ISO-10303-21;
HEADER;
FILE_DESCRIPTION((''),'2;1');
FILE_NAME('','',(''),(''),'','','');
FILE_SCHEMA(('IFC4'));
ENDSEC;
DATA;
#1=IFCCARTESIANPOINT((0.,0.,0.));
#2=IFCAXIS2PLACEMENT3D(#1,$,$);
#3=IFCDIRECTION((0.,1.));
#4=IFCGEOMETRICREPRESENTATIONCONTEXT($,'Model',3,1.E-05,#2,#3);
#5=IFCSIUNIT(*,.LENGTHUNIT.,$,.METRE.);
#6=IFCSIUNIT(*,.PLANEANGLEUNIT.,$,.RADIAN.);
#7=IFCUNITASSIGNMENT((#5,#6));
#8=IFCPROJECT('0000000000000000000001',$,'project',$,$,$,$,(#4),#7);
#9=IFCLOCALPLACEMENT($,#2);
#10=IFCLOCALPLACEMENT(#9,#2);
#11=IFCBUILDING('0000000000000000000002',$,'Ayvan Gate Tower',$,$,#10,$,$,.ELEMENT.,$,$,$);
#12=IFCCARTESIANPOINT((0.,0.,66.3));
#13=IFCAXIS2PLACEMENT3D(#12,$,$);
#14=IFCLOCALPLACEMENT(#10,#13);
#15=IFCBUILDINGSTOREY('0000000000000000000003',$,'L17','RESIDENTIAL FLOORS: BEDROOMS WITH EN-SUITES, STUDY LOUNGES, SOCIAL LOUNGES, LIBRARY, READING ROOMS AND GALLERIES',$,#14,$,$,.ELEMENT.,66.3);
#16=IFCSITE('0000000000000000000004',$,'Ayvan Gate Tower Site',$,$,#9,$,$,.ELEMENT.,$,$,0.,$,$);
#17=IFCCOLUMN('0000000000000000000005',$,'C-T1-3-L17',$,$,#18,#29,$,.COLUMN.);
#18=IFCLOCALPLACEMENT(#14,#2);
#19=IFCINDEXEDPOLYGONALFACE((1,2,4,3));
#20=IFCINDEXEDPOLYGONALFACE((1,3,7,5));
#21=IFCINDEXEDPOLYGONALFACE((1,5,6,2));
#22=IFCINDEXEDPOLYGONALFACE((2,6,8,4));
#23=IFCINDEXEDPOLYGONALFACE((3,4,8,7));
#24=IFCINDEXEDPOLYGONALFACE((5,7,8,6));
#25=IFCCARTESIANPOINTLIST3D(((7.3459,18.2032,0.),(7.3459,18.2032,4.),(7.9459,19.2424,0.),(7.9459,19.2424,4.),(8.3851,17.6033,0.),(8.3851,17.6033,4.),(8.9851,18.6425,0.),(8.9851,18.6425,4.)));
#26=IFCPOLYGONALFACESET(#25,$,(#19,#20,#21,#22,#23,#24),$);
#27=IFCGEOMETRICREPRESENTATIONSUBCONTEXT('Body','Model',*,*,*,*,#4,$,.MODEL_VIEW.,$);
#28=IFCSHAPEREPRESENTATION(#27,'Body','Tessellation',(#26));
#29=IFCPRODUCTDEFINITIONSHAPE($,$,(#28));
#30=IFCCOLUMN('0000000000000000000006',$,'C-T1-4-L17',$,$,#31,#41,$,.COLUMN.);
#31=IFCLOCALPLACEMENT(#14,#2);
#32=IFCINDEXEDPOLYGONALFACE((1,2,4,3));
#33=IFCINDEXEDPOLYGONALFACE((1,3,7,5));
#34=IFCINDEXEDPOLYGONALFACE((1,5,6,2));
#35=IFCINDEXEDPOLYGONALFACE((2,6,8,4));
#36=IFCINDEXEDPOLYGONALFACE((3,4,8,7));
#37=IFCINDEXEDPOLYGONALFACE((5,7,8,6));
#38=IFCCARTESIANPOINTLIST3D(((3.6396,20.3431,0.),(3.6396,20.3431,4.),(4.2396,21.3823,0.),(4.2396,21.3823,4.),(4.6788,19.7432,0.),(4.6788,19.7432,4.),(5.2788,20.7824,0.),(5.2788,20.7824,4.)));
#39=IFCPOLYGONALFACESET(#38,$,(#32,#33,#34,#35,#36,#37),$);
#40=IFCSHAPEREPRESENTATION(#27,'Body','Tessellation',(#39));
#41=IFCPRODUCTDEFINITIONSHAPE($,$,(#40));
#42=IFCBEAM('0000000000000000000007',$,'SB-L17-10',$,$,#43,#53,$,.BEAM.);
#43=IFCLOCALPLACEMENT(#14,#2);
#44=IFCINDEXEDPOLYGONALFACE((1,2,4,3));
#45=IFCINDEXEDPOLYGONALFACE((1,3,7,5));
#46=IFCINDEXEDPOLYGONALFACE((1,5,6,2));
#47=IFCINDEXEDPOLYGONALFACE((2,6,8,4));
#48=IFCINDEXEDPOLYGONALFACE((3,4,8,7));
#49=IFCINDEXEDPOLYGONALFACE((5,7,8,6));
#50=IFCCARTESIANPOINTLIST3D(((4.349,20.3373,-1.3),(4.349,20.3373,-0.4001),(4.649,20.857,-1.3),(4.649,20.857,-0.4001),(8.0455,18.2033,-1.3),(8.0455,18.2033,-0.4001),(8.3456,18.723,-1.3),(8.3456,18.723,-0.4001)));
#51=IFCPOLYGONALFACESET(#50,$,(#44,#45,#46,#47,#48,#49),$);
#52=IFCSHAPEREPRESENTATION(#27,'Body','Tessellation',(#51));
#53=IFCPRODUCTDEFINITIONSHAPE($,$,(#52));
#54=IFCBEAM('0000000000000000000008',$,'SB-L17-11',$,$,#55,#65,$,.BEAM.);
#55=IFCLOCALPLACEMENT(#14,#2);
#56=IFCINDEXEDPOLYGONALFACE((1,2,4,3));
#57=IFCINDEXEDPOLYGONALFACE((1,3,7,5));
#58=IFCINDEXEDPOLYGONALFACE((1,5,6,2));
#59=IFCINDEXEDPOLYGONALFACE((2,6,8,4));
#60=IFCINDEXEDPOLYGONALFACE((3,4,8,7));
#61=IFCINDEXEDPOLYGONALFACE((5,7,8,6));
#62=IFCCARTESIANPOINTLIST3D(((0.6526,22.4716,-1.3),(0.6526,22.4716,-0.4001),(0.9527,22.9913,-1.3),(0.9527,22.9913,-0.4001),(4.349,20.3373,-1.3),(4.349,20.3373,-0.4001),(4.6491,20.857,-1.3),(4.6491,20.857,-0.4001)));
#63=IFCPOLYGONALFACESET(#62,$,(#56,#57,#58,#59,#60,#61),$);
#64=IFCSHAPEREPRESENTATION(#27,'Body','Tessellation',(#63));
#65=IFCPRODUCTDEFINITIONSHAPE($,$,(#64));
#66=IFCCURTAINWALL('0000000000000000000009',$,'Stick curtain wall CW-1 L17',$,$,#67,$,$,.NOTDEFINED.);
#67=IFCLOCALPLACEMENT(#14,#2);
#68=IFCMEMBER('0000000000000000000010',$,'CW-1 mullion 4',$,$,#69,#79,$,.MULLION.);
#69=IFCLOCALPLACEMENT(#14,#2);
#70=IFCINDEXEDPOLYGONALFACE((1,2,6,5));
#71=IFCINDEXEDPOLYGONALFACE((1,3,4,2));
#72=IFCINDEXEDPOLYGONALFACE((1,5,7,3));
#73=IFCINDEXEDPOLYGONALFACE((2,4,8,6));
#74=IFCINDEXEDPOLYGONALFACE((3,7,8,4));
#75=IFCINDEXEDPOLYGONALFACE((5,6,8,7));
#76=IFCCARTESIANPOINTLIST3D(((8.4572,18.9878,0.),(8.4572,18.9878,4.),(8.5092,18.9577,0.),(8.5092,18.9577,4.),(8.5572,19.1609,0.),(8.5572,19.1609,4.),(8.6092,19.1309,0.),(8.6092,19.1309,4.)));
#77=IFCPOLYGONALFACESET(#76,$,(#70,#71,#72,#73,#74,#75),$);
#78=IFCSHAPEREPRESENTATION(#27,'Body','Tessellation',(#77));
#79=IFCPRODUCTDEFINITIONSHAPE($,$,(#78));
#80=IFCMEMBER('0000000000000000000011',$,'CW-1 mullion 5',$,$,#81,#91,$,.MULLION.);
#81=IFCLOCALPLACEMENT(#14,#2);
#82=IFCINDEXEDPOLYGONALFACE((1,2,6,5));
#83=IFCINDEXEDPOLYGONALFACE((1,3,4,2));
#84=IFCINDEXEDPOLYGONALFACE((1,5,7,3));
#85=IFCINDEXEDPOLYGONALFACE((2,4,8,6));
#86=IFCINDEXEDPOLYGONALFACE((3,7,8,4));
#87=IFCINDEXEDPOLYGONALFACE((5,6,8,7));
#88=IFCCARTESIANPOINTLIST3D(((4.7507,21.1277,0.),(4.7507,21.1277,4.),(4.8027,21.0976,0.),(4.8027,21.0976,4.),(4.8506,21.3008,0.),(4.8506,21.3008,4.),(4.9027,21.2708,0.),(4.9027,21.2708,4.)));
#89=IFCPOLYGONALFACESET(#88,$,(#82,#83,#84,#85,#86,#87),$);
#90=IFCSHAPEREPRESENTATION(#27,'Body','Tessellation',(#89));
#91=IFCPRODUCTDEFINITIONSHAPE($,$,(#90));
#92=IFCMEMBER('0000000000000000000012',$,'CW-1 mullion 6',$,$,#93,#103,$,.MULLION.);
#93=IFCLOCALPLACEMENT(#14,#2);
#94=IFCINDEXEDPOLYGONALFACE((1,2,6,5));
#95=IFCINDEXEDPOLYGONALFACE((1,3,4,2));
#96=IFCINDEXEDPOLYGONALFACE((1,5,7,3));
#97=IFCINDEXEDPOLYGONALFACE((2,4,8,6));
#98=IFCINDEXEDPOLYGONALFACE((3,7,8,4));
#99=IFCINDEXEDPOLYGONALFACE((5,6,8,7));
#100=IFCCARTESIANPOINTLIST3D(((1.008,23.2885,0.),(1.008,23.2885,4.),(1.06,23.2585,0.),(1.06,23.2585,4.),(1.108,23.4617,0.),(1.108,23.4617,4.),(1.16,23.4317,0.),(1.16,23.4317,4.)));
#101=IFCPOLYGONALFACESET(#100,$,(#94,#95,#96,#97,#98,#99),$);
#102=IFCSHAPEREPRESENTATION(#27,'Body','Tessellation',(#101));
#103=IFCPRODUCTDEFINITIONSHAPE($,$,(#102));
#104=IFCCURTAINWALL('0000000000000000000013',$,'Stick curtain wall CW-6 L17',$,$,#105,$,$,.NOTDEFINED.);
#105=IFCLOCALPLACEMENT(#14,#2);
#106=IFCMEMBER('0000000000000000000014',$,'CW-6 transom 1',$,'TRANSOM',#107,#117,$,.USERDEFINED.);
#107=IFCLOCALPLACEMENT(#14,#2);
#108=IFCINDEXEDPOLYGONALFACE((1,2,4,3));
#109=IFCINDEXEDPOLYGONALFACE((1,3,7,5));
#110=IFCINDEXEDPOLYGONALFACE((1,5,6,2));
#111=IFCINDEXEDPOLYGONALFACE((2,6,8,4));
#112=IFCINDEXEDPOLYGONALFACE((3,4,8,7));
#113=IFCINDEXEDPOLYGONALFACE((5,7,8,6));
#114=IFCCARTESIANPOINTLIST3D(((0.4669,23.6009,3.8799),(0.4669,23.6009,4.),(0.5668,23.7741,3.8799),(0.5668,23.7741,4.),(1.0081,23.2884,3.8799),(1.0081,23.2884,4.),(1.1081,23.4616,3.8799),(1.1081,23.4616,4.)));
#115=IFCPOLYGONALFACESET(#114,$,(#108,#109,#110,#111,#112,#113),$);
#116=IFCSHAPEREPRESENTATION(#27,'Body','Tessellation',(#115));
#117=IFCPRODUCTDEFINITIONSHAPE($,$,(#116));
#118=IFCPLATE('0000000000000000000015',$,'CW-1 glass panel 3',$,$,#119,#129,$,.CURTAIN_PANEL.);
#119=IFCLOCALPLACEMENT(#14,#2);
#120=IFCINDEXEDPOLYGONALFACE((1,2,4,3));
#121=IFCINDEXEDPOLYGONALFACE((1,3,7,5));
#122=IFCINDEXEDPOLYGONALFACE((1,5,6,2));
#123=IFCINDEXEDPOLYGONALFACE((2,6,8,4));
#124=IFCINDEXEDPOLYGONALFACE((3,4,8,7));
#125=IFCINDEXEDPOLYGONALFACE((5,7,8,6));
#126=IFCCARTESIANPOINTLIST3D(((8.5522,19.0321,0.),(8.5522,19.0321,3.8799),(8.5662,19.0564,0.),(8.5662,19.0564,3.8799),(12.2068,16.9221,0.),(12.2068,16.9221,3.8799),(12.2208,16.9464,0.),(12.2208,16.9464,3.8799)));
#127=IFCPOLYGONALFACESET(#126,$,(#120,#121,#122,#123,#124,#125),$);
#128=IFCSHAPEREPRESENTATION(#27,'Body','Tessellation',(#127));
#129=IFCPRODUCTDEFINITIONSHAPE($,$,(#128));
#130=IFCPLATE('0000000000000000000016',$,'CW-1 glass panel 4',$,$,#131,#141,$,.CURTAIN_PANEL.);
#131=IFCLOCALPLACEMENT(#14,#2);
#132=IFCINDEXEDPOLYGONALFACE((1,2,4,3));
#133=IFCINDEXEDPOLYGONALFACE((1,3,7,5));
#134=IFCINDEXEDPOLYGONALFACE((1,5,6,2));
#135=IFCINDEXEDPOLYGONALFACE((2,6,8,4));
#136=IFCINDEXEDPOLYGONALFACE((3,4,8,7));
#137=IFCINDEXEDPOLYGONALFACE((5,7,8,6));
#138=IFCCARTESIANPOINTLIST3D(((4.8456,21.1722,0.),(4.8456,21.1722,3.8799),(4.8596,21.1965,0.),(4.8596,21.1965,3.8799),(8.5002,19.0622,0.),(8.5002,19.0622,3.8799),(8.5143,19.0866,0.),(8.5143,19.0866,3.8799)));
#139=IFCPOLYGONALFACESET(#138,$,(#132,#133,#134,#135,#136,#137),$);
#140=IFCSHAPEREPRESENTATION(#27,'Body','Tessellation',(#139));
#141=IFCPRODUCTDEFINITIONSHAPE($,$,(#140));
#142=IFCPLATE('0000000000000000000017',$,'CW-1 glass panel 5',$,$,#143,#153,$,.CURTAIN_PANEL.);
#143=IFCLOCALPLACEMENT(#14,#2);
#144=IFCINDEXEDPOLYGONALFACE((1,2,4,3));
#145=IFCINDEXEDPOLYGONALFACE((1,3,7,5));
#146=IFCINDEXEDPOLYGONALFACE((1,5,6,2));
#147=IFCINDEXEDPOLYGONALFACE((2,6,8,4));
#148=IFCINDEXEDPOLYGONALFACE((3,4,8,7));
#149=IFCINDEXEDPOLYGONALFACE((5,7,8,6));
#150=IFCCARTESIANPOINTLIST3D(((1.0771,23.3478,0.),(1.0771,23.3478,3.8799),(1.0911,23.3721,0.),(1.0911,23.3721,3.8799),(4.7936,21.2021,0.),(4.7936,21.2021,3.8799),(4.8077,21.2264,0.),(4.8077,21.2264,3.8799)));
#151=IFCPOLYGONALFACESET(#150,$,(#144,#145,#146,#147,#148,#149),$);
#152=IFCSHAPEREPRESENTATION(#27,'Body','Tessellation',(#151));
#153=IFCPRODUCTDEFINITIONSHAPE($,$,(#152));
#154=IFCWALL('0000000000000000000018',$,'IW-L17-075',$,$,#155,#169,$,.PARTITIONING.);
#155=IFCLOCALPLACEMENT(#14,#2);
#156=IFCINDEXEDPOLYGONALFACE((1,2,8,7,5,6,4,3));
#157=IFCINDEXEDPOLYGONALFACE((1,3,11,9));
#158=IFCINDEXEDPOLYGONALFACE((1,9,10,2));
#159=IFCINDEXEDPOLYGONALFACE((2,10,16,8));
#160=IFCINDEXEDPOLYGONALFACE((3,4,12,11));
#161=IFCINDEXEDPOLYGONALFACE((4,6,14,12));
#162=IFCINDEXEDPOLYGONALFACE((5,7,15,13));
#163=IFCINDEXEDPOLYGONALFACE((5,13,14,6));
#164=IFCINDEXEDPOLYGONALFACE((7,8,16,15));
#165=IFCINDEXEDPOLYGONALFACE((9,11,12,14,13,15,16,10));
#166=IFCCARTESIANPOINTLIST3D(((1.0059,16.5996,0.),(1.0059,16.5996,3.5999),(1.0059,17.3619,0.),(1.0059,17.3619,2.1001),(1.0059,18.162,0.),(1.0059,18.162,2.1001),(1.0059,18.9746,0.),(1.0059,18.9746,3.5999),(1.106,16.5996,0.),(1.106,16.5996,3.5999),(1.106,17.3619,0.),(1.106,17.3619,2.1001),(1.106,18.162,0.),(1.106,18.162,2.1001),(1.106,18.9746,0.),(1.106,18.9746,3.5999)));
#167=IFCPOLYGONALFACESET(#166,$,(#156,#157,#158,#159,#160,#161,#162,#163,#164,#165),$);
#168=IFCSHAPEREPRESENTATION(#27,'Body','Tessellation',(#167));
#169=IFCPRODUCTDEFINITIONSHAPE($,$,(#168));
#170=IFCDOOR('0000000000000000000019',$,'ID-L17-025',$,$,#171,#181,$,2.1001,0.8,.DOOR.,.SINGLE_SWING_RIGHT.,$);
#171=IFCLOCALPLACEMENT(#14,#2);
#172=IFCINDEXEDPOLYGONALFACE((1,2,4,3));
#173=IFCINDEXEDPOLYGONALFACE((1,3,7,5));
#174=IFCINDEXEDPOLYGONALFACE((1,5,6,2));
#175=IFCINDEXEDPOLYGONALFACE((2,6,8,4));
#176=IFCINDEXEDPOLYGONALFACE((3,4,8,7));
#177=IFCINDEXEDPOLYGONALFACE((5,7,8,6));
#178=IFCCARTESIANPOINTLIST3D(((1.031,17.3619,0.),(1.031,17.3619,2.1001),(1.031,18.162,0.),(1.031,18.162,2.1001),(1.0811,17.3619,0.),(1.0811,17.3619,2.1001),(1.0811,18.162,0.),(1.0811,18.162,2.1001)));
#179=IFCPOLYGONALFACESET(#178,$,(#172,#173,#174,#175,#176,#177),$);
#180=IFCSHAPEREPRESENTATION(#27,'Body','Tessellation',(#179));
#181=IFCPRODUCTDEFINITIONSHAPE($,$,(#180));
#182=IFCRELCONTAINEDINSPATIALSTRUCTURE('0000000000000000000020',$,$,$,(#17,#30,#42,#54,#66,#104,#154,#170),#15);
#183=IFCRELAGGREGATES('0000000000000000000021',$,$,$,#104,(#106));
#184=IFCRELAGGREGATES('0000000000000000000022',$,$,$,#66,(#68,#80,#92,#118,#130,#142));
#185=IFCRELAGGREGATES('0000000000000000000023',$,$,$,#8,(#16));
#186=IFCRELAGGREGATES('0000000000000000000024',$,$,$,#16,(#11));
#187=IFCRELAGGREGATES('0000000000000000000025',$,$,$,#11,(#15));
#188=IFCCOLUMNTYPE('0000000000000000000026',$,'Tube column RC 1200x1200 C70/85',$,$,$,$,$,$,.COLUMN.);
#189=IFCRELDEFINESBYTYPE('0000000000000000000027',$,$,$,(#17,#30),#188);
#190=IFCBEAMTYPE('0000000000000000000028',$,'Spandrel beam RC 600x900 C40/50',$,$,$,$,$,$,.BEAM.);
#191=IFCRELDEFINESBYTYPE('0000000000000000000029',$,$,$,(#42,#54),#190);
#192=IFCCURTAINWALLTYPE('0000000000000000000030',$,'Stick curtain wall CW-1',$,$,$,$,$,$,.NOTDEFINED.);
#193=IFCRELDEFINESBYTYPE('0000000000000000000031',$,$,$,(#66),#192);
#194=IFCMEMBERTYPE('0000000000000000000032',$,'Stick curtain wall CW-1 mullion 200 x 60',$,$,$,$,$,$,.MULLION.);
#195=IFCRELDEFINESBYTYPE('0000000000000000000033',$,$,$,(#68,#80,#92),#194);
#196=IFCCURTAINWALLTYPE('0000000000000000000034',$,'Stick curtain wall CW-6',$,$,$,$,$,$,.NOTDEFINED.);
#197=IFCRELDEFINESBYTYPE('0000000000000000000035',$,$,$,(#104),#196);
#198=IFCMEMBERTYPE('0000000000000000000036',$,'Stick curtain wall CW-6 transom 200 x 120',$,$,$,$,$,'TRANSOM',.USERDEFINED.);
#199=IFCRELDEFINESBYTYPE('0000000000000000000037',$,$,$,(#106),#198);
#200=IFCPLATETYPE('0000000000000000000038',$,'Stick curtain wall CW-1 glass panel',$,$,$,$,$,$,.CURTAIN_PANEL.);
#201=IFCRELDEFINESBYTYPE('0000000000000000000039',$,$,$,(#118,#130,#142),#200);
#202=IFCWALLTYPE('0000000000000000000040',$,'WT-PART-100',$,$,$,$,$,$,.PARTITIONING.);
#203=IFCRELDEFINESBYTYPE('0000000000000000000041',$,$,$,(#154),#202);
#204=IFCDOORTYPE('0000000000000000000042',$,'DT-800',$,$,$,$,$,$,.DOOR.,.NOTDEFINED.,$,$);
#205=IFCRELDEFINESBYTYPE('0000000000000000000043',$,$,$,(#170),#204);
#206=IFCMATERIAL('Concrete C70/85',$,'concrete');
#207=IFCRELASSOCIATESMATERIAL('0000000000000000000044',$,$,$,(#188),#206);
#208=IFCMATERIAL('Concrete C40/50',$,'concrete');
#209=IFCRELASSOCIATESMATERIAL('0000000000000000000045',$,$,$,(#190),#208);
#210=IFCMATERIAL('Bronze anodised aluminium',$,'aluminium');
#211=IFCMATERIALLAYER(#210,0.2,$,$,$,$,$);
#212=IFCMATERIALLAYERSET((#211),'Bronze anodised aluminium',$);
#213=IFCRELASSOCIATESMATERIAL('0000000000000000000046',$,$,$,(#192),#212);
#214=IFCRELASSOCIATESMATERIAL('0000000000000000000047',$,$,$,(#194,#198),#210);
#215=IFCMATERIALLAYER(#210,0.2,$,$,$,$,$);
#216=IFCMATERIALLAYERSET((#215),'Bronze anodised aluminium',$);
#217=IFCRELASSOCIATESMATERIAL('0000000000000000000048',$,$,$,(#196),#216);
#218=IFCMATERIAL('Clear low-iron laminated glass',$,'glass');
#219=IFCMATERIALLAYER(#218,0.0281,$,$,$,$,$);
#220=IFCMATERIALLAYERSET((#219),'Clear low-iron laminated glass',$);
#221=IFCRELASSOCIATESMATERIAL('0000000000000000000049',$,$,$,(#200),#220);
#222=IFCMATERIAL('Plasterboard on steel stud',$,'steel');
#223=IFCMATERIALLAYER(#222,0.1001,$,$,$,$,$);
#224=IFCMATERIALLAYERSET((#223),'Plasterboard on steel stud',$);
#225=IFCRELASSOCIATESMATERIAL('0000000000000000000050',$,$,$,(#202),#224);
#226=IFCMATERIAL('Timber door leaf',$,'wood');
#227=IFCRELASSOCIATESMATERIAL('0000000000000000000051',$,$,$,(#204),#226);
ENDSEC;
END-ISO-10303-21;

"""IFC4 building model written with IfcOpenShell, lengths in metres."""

from ifc_helpers import new_model, si_unit, direction, frame, frame_2d, origin, origin_2d, place, context, subcontext, project, spatial, rectangle, extrude, material, layer, layer_set, material_profile, profile_set, type_object, element, fill, aggregate, save


model = new_model("IFC4")

# Units and contexts
model_context = context("Model", 3, precision=1e-05, world=origin(), true_north=direction((0.0, 1.0)))
body_context = subcontext(model_context, "Body", "Model", "MODEL_VIEW")
ifc_project = project(units=[si_unit("LENGTHUNIT", "METRE"), si_unit("PLANEANGLEUNIT", "RADIAN")], contexts=[model_context])

# Site, building, storey
site_placement = place(None, origin())
site = spatial("IfcSite", under=ifc_project, at=site_placement, Name="Ayvan Gate Tower Site", CompositionType="ELEMENT", RefElevation=0.0)
building_placement = place(site_placement, origin())
building = spatial("IfcBuilding", under=site, at=building_placement, Name="Ayvan Gate Tower", CompositionType="ELEMENT")
storey_placement = place(building_placement, frame((0.0, 0.0, 66.3)))
storey = spatial("IfcBuildingStorey", under=building, at=storey_placement, Name="L17", Description="RESIDENTIAL FLOORS: BEDROOMS WITH EN-SUITES, STUDY LOUNGES, SOCIAL LOUNGES, LIBRARY, READING ROOMS AND GALLERIES", CompositionType="ELEMENT", Elevation=66.3)

# Columns
ifc_material_1 = material(Name="Concrete C70/85", Category="concrete")
ifc_material_profile_1 = material_profile(ifc_material_1, rectangle(XDim=1.2, YDim=1.2, at=origin_2d()), Name="RC 1200x1200")
ifc_profile_set_1 = profile_set([ifc_material_profile_1], Name="Concrete C70/85")
column_type = type_object("IfcColumnType", Name="Tube column RC 1200x1200 C70/85", PredefinedType="COLUMN", material=ifc_profile_set_1)
for number, where, z_axis, x_axis, name in (
    (1, (8.1655, 18.4229, 0.0), (0.0, 0.0, 1.0), (0.5, 0.866025, 0.0), "C-T1-3-L17"),
    (2, (4.4592, 20.5627, 0.0), (0.0, 0.0, 1.0), (0.5, 0.866025, 0.0), "C-T1-4-L17"),
):
    element("IfcColumn", number, at=place(storey_placement, frame(where, z_axis=z_axis, x_axis=x_axis)), inside=storey, type_object=column_type, Name=name, PredefinedType="COLUMN", context=body_context, shape_type="SweptSolid", body=[
        extrude(rectangle(XDim=1.2, YDim=1.2, at=origin_2d()), origin(), (0.0, 0.0, 1.0), 4.0),
    ])

# Beams
ifc_material_2 = material(Name="Concrete C40/50", Category="concrete")
ifc_material_profile_2 = material_profile(ifc_material_2, rectangle(XDim=0.6001, YDim=0.8999, at=origin_2d()), Name="RC 600x900")
ifc_profile_set_2 = profile_set([ifc_material_profile_2], Name="Concrete C40/50")
beam_type = type_object("IfcBeamType", Name="Spandrel beam RC 600x900 C40/50", PredefinedType="BEAM", material=ifc_profile_set_2)
for number, where, z_axis, x_axis, name in (
    (3, (8.1956, 18.4631, -0.8501), (-0.866042, 0.499972, 0.0), (-0.499972, -0.866042, 0.0), "SB-L17-10"),
    (4, (4.499, 20.5972, -0.8501), (-0.866003, 0.500039, 0.0), (-0.500039, -0.866003, 0.0), "SB-L17-11"),
):
    element("IfcBeam", number, at=place(storey_placement, frame(where, z_axis=z_axis, x_axis=x_axis)), inside=storey, type_object=beam_type, Name=name, PredefinedType="BEAM", context=body_context, shape_type="SweptSolid", body=[
        extrude(rectangle(XDim=0.6001, YDim=0.8999, at=origin_2d()), origin(), (0.0, 0.0, 1.0), 4.2683),
    ])

# Curtain wall, members
ifc_material_3 = material(Name="Bronze anodised aluminium", Category="aluminium")
ifc_layer_1 = layer(ifc_material_3, 0.2)
ifc_layer_set_1 = layer_set([ifc_layer_1], Name="Bronze anodised aluminium")
curtain_wall_type_1 = type_object("IfcCurtainWallType", Name="Stick curtain wall CW-1", PredefinedType="NOTDEFINED", material=ifc_layer_set_1)
curtain_wall_1_placement = place(storey_placement, origin())
curtain_wall_1 = element("IfcCurtainWall", 5, at=curtain_wall_1_placement, inside=storey, type_object=curtain_wall_type_1, Name="Stick curtain wall CW-1 L17", PredefinedType="NOTDEFINED")
ifc_material_profile_3 = material_profile(ifc_material_3, rectangle(XDim=0.2, YDim=0.0601, at=origin_2d()), Name="Stick curtain wall CW-1 mullion 200 x 60")
ifc_profile_set_3 = profile_set([ifc_material_profile_3], Name="Bronze anodised aluminium")
member_type_1 = type_object("IfcMemberType", Name="Stick curtain wall CW-1 mullion 200 x 60", PredefinedType="MULLION", material=ifc_profile_set_3)
member_1_placement = place(storey_placement, frame((8.5332, 19.0593, 0.0), z_axis=(0.0, 0.0, 1.0), x_axis=(0.5, 0.866025, 0.0)))
member_1 = element("IfcMember", 6, at=member_1_placement, type_object=member_type_1, Name="CW-1 mullion 4", PredefinedType="MULLION", context=body_context, shape_type="SweptSolid", body=[
    extrude(rectangle(XDim=0.2, YDim=0.0601, at=origin_2d()), origin(), (0.0, 0.0, 1.0), 4.0),
])
member_2_placement = place(storey_placement, frame((4.8267, 21.1992, 0.0), z_axis=(0.0, 0.0, 1.0), x_axis=(0.5, 0.866025, 0.0)))
member_2 = element("IfcMember", 7, at=member_2_placement, type_object=member_type_1, Name="CW-1 mullion 5", PredefinedType="MULLION", context=body_context, shape_type="SweptSolid", body=[
    extrude(rectangle(XDim=0.2, YDim=0.0601, at=origin_2d()), origin(), (0.0, 0.0, 1.0), 4.0),
])
member_3_placement = place(storey_placement, frame((1.084, 23.3601, 0.0), z_axis=(0.0, 0.0, 1.0), x_axis=(0.5, 0.866025, 0.0)))
member_3 = element("IfcMember", 8, at=member_3_placement, type_object=member_type_1, Name="CW-1 mullion 6", PredefinedType="MULLION", context=body_context, shape_type="SweptSolid", body=[
    extrude(rectangle(XDim=0.2, YDim=0.0601, at=origin_2d()), origin(), (0.0, 0.0, 1.0), 4.0),
])

# Curtain wall, member
ifc_layer_2 = layer(ifc_material_3, 0.2)
ifc_layer_set_2 = layer_set([ifc_layer_2], Name="Bronze anodised aluminium")
curtain_wall_type_2 = type_object("IfcCurtainWallType", Name="Stick curtain wall CW-6", PredefinedType="NOTDEFINED", material=ifc_layer_set_2)
curtain_wall_2_placement = place(storey_placement, origin())
curtain_wall_2 = element("IfcCurtainWall", 9, at=curtain_wall_2_placement, inside=storey, type_object=curtain_wall_type_2, Name="Stick curtain wall CW-6 L17", PredefinedType="NOTDEFINED")
ifc_material_profile_4 = material_profile(ifc_material_3, rectangle(XDim=0.2, YDim=0.1201, at=origin_2d()), Name="Stick curtain wall CW-6 transom 200 x 120")
ifc_profile_set_4 = profile_set([ifc_material_profile_4], Name="Bronze anodised aluminium")
member_type_2 = type_object("IfcMemberType", Name="Stick curtain wall CW-6 transom 200 x 120", ElementType="TRANSOM", PredefinedType="USERDEFINED", material=ifc_profile_set_4)
member_4_placement = place(storey_placement, frame((1.0581, 23.375, 3.9399), z_axis=(-0.866023, 0.500004, 0.0), x_axis=(-0.500004, -0.866023, 0.0)))
member_4 = element("IfcMember", 10, at=member_4_placement, type_object=member_type_2, Name="CW-6 transom 1", ObjectType="TRANSOM", PredefinedType="USERDEFINED", context=body_context, shape_type="SweptSolid", body=[
    extrude(rectangle(XDim=0.2, YDim=0.1201, at=origin_2d()), origin(), (0.0, 0.0, 1.0), 0.625),
])
aggregate(curtain_wall_2, [member_4])

# Plates
ifc_material_4 = material(Name="Clear low-iron laminated glass", Category="glass")
ifc_layer_3 = layer(ifc_material_4, 0.0281)
ifc_layer_set_3 = layer_set([ifc_layer_3], Name="Clear low-iron laminated glass")
plate_type = type_object("IfcPlateType", Name="Stick curtain wall CW-1 glass panel", PredefinedType="CURTAIN_PANEL", material=ifc_layer_set_3)
plate_1_placement = place(storey_placement, frame((10.3865, 17.9893, 0.0), z_axis=(0.0, 0.0, 1.0), x_axis=(-0.866025, 0.5, 0.0)))
plate_1 = element("IfcPlate", 11, at=plate_1_placement, type_object=plate_type, Name="CW-1 glass panel 3", PredefinedType="CURTAIN_PANEL", context=body_context, shape_type="SweptSolid", body=[
    extrude(rectangle(XDim=4.22, YDim=0.0281, at=origin_2d()), origin(), (0.0, 0.0, 1.0), 3.8799),
])
plate_2_placement = place(storey_placement, frame((6.6799, 20.1294, 0.0), z_axis=(0.0, 0.0, 1.0), x_axis=(-0.866025, 0.5, 0.0)))
plate_2 = element("IfcPlate", 12, at=plate_2_placement, type_object=plate_type, Name="CW-1 glass panel 4", PredefinedType="CURTAIN_PANEL", context=body_context, shape_type="SweptSolid", body=[
    extrude(rectangle(XDim=4.22, YDim=0.0281, at=origin_2d()), origin(), (0.0, 0.0, 1.0), 3.8799),
])
plate_3_placement = place(storey_placement, frame((2.9424, 22.2871, 0.0), z_axis=(0.0, 0.0, 1.0), x_axis=(-0.866025, 0.5, 0.0)))
plate_3 = element("IfcPlate", 13, at=plate_3_placement, type_object=plate_type, Name="CW-1 glass panel 5", PredefinedType="CURTAIN_PANEL", context=body_context, shape_type="SweptSolid", body=[
    extrude(rectangle(XDim=4.2915, YDim=0.0281, at=origin_2d()), origin(), (0.0, 0.0, 1.0), 3.8799),
])
aggregate(curtain_wall_1, [member_1, member_2, member_3, plate_1, plate_2, plate_3])

# Wall, opening, door
ifc_material_5 = material(Name="Plasterboard on steel stud", Category="steel")
ifc_layer_4 = layer(ifc_material_5, 0.1001)
ifc_layer_set_4 = layer_set([ifc_layer_4], Name="Plasterboard on steel stud")
wall_type = type_object("IfcWallType", Name="WT-PART-100", PredefinedType="PARTITIONING", material=ifc_layer_set_4)
wall_placement = place(storey_placement, frame((1.0559, 16.5996, 0.0), z_axis=(0.0, 0.0, 1.0), x_axis=(0.0, 1.0, 0.0)))
wall = element("IfcWall", 14, at=wall_placement, inside=storey, type_object=wall_type, Name="IW-L17-075", PredefinedType="PARTITIONING", context=body_context, shape_type="SweptSolid", body=[
    extrude(rectangle(XDim=2.375, YDim=0.1001, at=frame_2d((1.1875, 0.0))), origin(), (0.0, 0.0, 1.0), 3.5999),
])
opening_placement = place(wall_placement, frame((0.7625, 0.0, 0.0)))
opening = element("IfcOpeningElement", 15, at=opening_placement, cuts=wall, PredefinedType="OPENING", context=body_context, shape_type="SweptSolid", body=[
    extrude(rectangle(XDim=0.8, YDim=2.1001, at=frame_2d((0.3999, 1.05))), frame((0.0, 0.0601, 0.0), z_axis=(0.0, -1.0, 0.0), x_axis=(1.0, 0.0, 0.0)), (0.0, 0.0, 1.0), 0.1201),
])
ifc_material_6 = material(Name="Timber door leaf", Category="wood")
door_type = type_object("IfcDoorType", Name="DT-800", OperationType="NOTDEFINED", PredefinedType="DOOR", material=ifc_material_6)
door_placement = place(opening_placement, origin())
door = element("IfcDoor", 16, at=door_placement, inside=storey, type_object=door_type, Name="ID-L17-025", OperationType="SINGLE_SWING_RIGHT", OverallHeight=2.1001, OverallWidth=0.8, PredefinedType="DOOR", context=body_context, shape_type="SweptSolid", body=[
    extrude(rectangle(XDim=0.8, YDim=2.1001, at=frame_2d((0.3999, 1.05))), frame((0.0, 0.0249, 0.0), z_axis=(0.0, -1.0, 0.0), x_axis=(1.0, 0.0, 0.0)), (0.0, 0.0, 1.0), 0.05),
])
fill(opening, door)

save(model, "model.ifc")
